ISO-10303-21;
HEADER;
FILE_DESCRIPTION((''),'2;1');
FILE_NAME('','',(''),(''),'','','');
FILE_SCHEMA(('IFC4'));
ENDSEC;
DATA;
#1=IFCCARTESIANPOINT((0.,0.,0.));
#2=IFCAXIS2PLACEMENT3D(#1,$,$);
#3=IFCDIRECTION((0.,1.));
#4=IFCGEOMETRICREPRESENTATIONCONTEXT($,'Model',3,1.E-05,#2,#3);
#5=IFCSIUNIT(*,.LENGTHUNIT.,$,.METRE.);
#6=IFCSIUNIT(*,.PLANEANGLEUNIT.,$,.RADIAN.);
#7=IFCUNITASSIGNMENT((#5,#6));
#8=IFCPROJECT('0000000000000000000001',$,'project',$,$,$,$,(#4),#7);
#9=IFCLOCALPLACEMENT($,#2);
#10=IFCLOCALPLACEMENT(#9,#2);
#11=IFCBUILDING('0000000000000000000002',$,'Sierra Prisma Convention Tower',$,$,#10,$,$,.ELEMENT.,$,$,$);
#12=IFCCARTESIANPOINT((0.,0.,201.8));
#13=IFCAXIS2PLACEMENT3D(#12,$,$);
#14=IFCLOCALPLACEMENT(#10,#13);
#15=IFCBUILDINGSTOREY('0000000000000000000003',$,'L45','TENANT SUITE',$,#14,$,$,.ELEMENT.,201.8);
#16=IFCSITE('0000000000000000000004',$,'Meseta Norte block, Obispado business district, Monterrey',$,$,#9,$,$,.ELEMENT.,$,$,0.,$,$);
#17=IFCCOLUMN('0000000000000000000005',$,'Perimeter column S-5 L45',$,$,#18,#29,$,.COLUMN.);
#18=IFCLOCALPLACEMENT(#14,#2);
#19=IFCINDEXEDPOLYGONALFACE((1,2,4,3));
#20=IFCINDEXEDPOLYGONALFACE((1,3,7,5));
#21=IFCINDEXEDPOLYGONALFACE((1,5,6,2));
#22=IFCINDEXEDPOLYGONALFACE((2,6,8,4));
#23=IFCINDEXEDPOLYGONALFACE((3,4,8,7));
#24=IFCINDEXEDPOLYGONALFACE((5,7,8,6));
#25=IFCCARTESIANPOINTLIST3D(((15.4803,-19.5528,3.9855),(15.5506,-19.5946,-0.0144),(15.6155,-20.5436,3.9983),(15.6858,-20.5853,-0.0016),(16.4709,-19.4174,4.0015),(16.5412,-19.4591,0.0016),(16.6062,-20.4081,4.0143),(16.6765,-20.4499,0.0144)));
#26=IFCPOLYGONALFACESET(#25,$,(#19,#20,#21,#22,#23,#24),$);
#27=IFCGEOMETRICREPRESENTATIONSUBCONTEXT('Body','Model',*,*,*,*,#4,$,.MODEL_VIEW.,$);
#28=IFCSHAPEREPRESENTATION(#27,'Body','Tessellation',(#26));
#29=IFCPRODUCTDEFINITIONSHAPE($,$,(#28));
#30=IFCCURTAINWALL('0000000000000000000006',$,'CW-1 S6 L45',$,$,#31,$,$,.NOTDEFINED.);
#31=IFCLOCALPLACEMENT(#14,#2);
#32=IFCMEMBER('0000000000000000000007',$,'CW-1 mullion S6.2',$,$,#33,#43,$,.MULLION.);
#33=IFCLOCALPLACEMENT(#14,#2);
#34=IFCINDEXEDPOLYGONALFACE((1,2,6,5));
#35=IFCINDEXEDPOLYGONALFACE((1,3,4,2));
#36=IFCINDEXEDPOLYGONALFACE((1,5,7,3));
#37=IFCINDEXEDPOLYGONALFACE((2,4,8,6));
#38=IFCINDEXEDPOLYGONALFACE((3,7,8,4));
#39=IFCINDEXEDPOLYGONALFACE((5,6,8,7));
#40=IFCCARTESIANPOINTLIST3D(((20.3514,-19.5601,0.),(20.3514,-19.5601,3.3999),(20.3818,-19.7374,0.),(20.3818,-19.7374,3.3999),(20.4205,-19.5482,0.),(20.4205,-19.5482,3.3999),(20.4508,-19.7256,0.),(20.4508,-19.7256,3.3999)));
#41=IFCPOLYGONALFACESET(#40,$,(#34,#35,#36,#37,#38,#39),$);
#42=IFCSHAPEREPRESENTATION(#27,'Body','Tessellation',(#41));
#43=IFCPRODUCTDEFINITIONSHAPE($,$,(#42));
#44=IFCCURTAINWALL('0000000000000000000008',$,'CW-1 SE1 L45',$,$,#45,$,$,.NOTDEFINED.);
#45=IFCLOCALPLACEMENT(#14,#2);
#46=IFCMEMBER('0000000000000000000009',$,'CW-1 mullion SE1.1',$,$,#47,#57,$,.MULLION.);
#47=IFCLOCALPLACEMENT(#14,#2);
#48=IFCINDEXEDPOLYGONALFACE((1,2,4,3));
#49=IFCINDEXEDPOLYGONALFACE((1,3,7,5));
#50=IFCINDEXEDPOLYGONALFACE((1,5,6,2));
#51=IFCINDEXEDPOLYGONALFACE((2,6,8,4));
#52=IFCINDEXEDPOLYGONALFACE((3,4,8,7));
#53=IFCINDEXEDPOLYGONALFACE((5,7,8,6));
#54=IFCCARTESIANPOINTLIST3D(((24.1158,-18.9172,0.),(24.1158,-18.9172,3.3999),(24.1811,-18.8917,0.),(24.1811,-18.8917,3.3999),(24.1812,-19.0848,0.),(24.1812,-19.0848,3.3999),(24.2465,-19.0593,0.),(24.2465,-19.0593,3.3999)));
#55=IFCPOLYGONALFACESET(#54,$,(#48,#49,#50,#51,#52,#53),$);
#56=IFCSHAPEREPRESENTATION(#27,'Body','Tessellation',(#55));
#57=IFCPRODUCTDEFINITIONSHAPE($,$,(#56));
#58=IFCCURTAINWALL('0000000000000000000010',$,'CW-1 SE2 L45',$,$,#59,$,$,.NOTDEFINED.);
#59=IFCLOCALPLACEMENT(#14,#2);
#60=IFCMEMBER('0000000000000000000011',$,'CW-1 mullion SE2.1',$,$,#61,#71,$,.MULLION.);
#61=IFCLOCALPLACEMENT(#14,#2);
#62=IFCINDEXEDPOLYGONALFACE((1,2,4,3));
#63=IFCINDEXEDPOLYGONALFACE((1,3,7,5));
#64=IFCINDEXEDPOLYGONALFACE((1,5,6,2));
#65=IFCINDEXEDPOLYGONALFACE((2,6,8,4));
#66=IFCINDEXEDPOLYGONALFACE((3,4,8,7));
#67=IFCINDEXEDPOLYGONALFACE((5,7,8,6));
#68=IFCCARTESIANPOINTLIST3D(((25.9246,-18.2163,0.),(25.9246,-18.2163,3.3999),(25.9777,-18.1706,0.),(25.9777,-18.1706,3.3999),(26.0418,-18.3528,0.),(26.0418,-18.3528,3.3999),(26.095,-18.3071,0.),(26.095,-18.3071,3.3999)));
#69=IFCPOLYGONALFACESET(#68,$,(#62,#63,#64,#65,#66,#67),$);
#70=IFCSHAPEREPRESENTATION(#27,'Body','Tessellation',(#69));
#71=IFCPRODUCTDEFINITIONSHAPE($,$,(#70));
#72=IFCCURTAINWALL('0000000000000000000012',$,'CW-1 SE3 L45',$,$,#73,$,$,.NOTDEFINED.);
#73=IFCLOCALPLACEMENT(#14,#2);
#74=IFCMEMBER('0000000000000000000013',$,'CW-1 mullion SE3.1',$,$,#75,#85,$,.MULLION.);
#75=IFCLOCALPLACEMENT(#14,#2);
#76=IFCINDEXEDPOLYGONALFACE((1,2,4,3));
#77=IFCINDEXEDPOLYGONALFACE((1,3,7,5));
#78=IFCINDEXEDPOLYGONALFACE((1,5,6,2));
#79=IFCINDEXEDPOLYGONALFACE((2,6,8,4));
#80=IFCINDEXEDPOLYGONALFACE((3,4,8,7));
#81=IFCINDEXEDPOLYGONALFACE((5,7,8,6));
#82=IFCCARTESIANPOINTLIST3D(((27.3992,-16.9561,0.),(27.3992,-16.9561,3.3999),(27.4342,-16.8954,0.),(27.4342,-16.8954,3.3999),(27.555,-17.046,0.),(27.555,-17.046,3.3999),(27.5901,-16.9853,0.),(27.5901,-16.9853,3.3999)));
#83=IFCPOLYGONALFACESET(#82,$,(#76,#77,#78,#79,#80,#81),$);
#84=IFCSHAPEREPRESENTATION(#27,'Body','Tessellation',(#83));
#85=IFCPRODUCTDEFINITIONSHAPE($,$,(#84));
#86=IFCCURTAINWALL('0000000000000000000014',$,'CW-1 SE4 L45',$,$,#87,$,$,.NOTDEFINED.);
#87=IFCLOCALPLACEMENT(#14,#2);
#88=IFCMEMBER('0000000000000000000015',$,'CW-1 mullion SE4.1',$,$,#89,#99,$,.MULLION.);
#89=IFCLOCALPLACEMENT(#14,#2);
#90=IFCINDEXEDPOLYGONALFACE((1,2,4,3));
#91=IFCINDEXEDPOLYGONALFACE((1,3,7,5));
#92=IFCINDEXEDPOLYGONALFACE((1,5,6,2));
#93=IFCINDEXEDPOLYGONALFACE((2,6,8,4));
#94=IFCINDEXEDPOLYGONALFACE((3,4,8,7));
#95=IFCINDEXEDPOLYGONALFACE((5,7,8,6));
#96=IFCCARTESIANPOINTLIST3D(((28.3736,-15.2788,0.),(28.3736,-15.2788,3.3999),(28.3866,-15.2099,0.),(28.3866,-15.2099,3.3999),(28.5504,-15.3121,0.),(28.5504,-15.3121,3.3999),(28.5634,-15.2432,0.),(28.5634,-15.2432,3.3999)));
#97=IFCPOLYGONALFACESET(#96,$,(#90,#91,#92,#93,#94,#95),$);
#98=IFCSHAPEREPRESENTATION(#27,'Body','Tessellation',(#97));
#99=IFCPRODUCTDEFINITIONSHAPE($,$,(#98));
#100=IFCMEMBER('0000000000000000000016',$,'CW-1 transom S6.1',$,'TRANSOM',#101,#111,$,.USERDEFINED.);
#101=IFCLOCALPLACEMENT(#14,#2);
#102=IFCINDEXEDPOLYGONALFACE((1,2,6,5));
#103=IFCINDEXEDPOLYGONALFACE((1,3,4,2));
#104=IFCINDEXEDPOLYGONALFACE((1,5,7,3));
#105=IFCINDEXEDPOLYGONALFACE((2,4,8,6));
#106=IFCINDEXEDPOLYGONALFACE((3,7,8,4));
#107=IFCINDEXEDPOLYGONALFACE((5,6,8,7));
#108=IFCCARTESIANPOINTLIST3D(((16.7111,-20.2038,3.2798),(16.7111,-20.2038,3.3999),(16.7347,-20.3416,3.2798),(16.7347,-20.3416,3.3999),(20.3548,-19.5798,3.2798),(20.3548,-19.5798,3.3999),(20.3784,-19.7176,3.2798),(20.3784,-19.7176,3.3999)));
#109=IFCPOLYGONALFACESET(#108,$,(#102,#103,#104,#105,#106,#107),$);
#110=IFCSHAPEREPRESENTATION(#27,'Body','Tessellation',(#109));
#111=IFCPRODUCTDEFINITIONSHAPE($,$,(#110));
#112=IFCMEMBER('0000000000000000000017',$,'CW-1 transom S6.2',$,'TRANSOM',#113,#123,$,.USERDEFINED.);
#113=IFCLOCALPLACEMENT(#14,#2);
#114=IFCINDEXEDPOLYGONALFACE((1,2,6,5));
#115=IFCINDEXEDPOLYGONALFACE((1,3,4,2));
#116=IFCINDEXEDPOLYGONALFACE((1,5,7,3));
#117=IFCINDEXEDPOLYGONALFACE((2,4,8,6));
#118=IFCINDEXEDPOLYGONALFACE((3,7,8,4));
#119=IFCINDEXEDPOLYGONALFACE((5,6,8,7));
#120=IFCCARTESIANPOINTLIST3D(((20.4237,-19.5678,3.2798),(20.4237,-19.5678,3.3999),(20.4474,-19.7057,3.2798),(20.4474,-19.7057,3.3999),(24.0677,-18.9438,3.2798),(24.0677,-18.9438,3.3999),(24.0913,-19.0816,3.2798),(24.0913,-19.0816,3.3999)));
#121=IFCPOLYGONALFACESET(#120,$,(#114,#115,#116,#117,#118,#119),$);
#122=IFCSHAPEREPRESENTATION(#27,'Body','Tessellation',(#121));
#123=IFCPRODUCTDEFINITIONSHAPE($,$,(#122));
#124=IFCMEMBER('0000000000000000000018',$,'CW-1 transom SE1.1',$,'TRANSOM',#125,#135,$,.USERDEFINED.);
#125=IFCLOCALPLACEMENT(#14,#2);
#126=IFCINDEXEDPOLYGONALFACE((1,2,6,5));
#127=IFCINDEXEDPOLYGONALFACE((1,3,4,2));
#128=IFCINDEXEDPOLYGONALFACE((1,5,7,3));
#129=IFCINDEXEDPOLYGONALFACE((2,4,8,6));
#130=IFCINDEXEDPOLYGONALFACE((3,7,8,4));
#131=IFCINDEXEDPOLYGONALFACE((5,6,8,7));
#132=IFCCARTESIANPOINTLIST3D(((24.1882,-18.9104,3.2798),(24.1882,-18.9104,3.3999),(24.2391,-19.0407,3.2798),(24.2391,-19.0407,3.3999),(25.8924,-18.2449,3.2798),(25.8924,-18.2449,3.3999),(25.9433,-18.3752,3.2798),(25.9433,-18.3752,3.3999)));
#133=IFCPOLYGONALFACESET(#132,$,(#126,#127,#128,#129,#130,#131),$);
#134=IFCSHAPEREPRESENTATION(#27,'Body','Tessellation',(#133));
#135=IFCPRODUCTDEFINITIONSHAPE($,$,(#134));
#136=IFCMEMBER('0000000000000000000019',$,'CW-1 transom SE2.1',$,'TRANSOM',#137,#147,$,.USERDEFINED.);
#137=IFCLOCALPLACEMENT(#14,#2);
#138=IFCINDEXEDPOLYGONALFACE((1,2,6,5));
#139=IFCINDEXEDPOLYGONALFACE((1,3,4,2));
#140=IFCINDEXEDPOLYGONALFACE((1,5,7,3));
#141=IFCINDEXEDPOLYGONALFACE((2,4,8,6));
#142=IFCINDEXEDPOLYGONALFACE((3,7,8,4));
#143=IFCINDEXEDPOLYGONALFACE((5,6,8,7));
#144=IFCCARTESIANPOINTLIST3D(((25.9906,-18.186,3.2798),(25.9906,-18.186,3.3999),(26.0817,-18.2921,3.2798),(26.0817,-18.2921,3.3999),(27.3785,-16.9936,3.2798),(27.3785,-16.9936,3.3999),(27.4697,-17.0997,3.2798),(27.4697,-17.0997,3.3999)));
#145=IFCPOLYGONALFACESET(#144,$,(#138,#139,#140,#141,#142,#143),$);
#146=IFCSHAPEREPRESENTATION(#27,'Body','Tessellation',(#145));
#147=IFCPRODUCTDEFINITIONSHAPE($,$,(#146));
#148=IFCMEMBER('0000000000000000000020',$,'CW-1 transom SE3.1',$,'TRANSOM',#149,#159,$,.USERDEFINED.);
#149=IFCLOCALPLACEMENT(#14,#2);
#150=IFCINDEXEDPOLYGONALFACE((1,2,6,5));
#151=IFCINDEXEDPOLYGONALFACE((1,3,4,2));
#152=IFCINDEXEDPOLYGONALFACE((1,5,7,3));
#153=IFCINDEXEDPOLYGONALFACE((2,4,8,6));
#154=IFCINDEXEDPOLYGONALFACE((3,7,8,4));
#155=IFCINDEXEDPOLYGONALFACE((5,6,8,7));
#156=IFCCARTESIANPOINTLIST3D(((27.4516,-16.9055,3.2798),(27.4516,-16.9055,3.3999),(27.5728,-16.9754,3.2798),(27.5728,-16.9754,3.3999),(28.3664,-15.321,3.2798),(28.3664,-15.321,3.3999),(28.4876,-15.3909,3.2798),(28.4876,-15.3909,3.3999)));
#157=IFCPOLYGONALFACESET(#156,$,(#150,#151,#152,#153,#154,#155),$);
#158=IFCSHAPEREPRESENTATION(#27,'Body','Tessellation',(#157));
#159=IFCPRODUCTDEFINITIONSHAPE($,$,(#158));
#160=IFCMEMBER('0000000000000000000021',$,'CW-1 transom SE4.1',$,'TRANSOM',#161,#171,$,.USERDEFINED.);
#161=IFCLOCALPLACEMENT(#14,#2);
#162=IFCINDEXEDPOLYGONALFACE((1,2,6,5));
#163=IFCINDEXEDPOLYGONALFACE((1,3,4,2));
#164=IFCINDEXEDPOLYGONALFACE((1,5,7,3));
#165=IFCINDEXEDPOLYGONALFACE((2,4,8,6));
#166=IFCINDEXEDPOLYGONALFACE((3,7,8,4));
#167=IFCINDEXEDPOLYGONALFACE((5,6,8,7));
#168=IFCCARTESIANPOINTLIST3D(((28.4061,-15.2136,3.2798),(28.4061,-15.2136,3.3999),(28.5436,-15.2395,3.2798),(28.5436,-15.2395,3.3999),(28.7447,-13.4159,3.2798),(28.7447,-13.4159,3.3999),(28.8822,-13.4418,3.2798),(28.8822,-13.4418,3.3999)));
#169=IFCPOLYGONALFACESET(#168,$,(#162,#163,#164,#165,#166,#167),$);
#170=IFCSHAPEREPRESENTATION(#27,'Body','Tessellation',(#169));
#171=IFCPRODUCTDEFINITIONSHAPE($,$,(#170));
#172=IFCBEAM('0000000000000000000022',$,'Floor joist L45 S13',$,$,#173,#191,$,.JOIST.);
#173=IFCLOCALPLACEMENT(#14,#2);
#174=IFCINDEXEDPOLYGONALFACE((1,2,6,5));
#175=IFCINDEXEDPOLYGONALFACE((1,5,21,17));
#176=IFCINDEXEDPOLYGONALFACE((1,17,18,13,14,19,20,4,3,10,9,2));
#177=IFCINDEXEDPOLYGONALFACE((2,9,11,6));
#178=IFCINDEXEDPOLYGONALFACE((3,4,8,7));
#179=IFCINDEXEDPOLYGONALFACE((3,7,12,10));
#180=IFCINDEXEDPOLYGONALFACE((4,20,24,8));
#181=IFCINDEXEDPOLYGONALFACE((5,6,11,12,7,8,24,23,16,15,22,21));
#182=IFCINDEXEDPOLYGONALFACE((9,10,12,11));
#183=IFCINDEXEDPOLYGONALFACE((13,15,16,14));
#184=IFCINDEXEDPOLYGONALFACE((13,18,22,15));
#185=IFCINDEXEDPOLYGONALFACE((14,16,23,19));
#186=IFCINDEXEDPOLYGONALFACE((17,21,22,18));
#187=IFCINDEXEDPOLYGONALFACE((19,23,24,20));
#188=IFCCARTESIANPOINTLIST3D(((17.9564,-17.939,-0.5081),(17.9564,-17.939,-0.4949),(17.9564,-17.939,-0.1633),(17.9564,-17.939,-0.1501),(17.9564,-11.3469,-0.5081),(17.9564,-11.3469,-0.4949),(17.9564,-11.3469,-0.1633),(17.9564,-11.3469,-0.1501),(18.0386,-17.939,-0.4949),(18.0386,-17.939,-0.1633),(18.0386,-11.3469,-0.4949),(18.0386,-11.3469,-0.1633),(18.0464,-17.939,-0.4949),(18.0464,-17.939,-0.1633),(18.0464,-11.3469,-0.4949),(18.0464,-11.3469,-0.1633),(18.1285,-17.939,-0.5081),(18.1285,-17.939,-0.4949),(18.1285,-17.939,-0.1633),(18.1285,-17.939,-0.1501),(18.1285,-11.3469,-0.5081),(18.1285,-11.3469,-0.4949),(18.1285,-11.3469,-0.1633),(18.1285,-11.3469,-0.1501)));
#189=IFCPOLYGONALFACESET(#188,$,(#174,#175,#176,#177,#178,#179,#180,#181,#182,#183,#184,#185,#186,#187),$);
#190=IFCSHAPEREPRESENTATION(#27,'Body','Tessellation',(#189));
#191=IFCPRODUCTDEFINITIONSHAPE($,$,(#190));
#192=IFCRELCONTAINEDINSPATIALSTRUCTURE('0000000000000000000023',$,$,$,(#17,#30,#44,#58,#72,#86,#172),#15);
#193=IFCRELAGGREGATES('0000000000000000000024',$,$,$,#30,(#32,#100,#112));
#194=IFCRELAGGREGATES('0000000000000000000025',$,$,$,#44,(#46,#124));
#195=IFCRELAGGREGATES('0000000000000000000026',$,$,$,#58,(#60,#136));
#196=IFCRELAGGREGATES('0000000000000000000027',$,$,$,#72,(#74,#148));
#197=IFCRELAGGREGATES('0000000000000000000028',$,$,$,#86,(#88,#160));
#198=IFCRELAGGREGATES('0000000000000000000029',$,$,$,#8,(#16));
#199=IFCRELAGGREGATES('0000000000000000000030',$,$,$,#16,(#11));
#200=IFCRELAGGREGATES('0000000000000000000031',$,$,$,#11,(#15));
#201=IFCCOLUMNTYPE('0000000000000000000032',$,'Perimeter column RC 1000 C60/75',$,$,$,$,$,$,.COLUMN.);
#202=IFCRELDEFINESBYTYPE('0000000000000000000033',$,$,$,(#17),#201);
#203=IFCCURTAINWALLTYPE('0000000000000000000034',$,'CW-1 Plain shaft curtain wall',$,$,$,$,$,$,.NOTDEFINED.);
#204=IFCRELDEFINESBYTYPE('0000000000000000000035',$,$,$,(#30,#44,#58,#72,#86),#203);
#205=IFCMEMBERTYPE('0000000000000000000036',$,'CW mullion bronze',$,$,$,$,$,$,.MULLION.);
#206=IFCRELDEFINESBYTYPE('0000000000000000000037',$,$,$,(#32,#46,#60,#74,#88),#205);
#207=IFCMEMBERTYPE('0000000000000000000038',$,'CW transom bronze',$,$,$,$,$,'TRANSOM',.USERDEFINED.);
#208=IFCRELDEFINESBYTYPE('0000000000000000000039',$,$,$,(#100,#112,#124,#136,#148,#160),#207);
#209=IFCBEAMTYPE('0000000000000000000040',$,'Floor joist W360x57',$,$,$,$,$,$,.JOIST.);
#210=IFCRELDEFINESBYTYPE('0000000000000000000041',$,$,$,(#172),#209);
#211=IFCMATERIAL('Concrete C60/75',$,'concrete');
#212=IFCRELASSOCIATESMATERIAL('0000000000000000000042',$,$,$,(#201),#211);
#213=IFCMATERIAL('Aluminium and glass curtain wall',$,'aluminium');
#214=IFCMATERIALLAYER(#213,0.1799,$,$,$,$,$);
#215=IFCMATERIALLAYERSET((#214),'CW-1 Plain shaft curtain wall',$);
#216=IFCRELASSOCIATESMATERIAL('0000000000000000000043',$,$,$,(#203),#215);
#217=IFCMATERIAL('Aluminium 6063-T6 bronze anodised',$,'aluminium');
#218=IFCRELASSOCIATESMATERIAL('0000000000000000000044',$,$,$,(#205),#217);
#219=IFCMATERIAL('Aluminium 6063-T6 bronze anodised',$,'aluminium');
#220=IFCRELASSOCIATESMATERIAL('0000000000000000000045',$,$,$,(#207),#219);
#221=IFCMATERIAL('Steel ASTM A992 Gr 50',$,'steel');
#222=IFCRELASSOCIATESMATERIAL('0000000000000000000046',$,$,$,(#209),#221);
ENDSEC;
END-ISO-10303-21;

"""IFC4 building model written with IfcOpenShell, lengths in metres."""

from ifc_helpers import new_model, si_unit, direction, frame, origin, origin_2d, place, context, subcontext, project, spatial, rectangle, i_section, extrude, material, layer, layer_set, material_profile, profile_set, type_object, element, aggregate, save


model = new_model("IFC4")

# Units and contexts
model_context = context("Model", 3, precision=1e-05, world=origin(), true_north=direction((0.0, 1.0)))
body_context = subcontext(model_context, "Body", "Model", "MODEL_VIEW")
ifc_project = project(units=[si_unit("LENGTHUNIT", "METRE"), si_unit("PLANEANGLEUNIT", "RADIAN")], contexts=[model_context])

# Site, building, storey
site_placement = place(None, origin())
site = spatial("IfcSite", under=ifc_project, at=site_placement, Name="Meseta Norte block, Obispado business district, Monterrey", CompositionType="ELEMENT", RefElevation=0.0)
building_placement = place(site_placement, origin())
building = spatial("IfcBuilding", under=site, at=building_placement, Name="Sierra Prisma Convention Tower", CompositionType="ELEMENT")
storey_placement = place(building_placement, frame((0.0, 0.0, 201.8)))
storey = spatial("IfcBuildingStorey", under=building, at=storey_placement, Name="L45", Description="TENANT SUITE", CompositionType="ELEMENT", Elevation=201.8)

# Column
ifc_material_1 = material(Name="Concrete C60/75", Category="concrete")
ifc_material_profile_1 = material_profile(ifc_material_1, rectangle(XDim=1.0, YDim=1.0, at=origin_2d()), Name="Perimeter column RC 1000 C60/75")
ifc_profile_set_1 = profile_set([ifc_material_profile_1], Name="Concrete C60/75")
column_type = type_object("IfcColumnType", Name="Perimeter column RC 1000 C60/75", PredefinedType="COLUMN", material=ifc_profile_set_1)
column_placement = place(storey_placement, frame((16.1135, -20.0222, 0.0), z_axis=(-0.017574, 0.010435, 0.999791), x_axis=(0.990654, 0.135456, 0.016)))
element("IfcColumn", 1, at=column_placement, inside=storey, type_object=column_type, Name="Perimeter column S-5 L45", PredefinedType="COLUMN", context=body_context, shape_type="SweptSolid", body=[
    extrude(rectangle(XDim=1.0, YDim=1.0, at=origin_2d()), origin(), (0.0, 0.0, 1.0), 4.0007),
])

# Curtain walls, members
ifc_material_2 = material(Name="Aluminium and glass curtain wall", Category="aluminium")
ifc_layer_1 = layer(ifc_material_2, 0.1799)
ifc_layer_set_1 = layer_set([ifc_layer_1], Name="CW-1 Plain shaft curtain wall")
curtain_wall_type = type_object("IfcCurtainWallType", Name="CW-1 Plain shaft curtain wall", PredefinedType="NOTDEFINED", material=ifc_layer_set_1)
curtain_wall_1_placement = place(storey_placement, origin())
curtain_wall_1 = element("IfcCurtainWall", 2, at=curtain_wall_1_placement, inside=storey, type_object=curtain_wall_type, Name="CW-1 S6 L45", PredefinedType="NOTDEFINED")
ifc_material_3 = material(Name="Aluminium 6063-T6 bronze anodised", Category="aluminium")
ifc_material_profile_2 = material_profile(ifc_material_3, rectangle(XDim=0.1799, YDim=0.0701, at=origin_2d()), Name="ALU MULLION 70x180")
ifc_profile_set_2 = profile_set([ifc_material_profile_2], Name="Aluminium 6063-T6 bronze anodised")
member_type_1 = type_object("IfcMemberType", Name="CW mullion bronze", PredefinedType="MULLION", material=ifc_profile_set_2)
member_1_placement = place(storey_placement, frame((20.4011, -19.6428, 0.0), z_axis=(0.0, 0.0, 1.0), x_axis=(-0.16881, 0.985649, 0.0)))
member_1 = element("IfcMember", 3, at=member_1_placement, type_object=member_type_1, Name="CW-1 mullion S6.2", PredefinedType="MULLION", context=body_context, shape_type="SweptSolid", body=[
    extrude(rectangle(XDim=0.1799, YDim=0.0701, at=origin_2d()), origin(), (0.0, 0.0, 1.0), 3.3999),
])
curtain_wall_2_placement = place(storey_placement, origin())
curtain_wall_2 = element("IfcCurtainWall", 4, at=curtain_wall_2_placement, inside=storey, type_object=curtain_wall_type, Name="CW-1 SE1 L45", PredefinedType="NOTDEFINED")
member_2_placement = place(storey_placement, frame((24.1812, -18.9883, 0.0), z_axis=(0.0, 0.0, 1.0), x_axis=(-0.363738, 0.931501, 0.0)))
member_2 = element("IfcMember", 5, at=member_2_placement, type_object=member_type_1, Name="CW-1 mullion SE1.1", PredefinedType="MULLION", context=body_context, shape_type="SweptSolid", body=[
    extrude(rectangle(XDim=0.1799, YDim=0.0701, at=origin_2d()), origin(), (0.0, 0.0, 1.0), 3.3999),
])
curtain_wall_3_placement = place(storey_placement, origin())
curtain_wall_3 = element("IfcCurtainWall", 6, at=curtain_wall_3_placement, inside=storey, type_object=curtain_wall_type, Name="CW-1 SE2 L45", PredefinedType="NOTDEFINED")
member_3_placement = place(storey_placement, frame((26.0098, -18.2617, 0.0), z_axis=(0.0, 0.0, 1.0), x_axis=(-0.651635, 0.758533, 0.0)))
member_3 = element("IfcMember", 7, at=member_3_placement, type_object=member_type_1, Name="CW-1 mullion SE2.1", PredefinedType="MULLION", context=body_context, shape_type="SweptSolid", body=[
    extrude(rectangle(XDim=0.1799, YDim=0.0701, at=origin_2d()), origin(), (0.0, 0.0, 1.0), 3.3999),
])
curtain_wall_4_placement = place(storey_placement, origin())
curtain_wall_4 = element("IfcCurtainWall", 8, at=curtain_wall_4_placement, inside=storey, type_object=curtain_wall_type, Name="CW-1 SE3 L45", PredefinedType="NOTDEFINED")
member_4_placement = place(storey_placement, frame((27.4946, -16.9707, 0.0), z_axis=(0.0, 0.0, 1.0), x_axis=(-0.866025, 0.5, 0.0)))
member_4 = element("IfcMember", 9, at=member_4_placement, type_object=member_type_1, Name="CW-1 mullion SE3.1", PredefinedType="MULLION", context=body_context, shape_type="SweptSolid", body=[
    extrude(rectangle(XDim=0.1799, YDim=0.0701, at=origin_2d()), origin(), (0.0, 0.0, 1.0), 3.3999),
])
curtain_wall_5_placement = place(storey_placement, origin())
curtain_wall_5 = element("IfcCurtainWall", 10, at=curtain_wall_5_placement, inside=storey, type_object=curtain_wall_type, Name="CW-1 SE4 L45", PredefinedType="NOTDEFINED")
member_5_placement = place(storey_placement, frame((28.4685, -15.261, 0.0), z_axis=(0.0, 0.0, 1.0), x_axis=(-0.982726, 0.185066, 0.0)))
member_5 = element("IfcMember", 11, at=member_5_placement, type_object=member_type_1, Name="CW-1 mullion SE4.1", PredefinedType="MULLION", context=body_context, shape_type="SweptSolid", body=[
    extrude(rectangle(XDim=0.1799, YDim=0.0701, at=origin_2d()), origin(), (0.0, 0.0, 1.0), 3.3999),
])

# Members
ifc_material_4 = material(Name="Aluminium 6063-T6 bronze anodised", Category="aluminium")
ifc_material_profile_3 = material_profile(ifc_material_4, rectangle(XDim=0.1399, YDim=0.1201, at=origin_2d()), Name="ALU TRANSOM 120x140")
ifc_profile_set_3 = profile_set([ifc_material_profile_3], Name="Aluminium 6063-T6 bronze anodised")
member_type_2 = type_object("IfcMemberType", Name="CW transom bronze", ElementType="TRANSOM", PredefinedType="USERDEFINED", material=ifc_profile_set_3)
member_6_placement = place(storey_placement, frame((16.7229, -20.2727, 3.3398), z_axis=(0.985651, 0.168799, 0.0), x_axis=(-0.168799, 0.985651, 0.0)))
member_6 = element("IfcMember", 12, at=member_6_placement, type_object=member_type_2, Name="CW-1 transom S6.1", ObjectType="TRANSOM", PredefinedType="USERDEFINED", context=body_context, shape_type="SweptSolid", body=[
    extrude(rectangle(XDim=0.1399, YDim=0.1201, at=origin_2d()), origin(), (0.0, 0.0, 1.0), 3.6968),
])
member_7_placement = place(storey_placement, frame((20.4355, -19.6367, 3.3398), z_axis=(0.985652, 0.168788, 0.0), x_axis=(-0.168788, 0.985652, 0.0)))
member_7 = element("IfcMember", 13, at=member_7_placement, type_object=member_type_2, Name="CW-1 transom S6.2", ObjectType="TRANSOM", PredefinedType="USERDEFINED", context=body_context, shape_type="SweptSolid", body=[
    extrude(rectangle(XDim=0.1399, YDim=0.1201, at=origin_2d()), origin(), (0.0, 0.0, 1.0), 3.697),
])
member_8_placement = place(storey_placement, frame((24.2136, -18.9756, 3.3398), z_axis=(0.9315, 0.36374, 0.0), x_axis=(-0.36374, 0.9315, 0.0)))
member_8 = element("IfcMember", 14, at=member_8_placement, type_object=member_type_2, Name="CW-1 transom SE1.1", ObjectType="TRANSOM", PredefinedType="USERDEFINED", context=body_context, shape_type="SweptSolid", body=[
    extrude(rectangle(XDim=0.1399, YDim=0.1201, at=origin_2d()), origin(), (0.0, 0.0, 1.0), 1.8296),
])
member_9_placement = place(storey_placement, frame((26.0361, -18.239, 3.3398), z_axis=(0.758521, 0.651648, 0.0), x_axis=(-0.651648, 0.758521, 0.0)))
member_9 = element("IfcMember", 15, at=member_9_placement, type_object=member_type_2, Name="CW-1 transom SE2.1", ObjectType="TRANSOM", PredefinedType="USERDEFINED", context=body_context, shape_type="SweptSolid", body=[
    extrude(rectangle(XDim=0.1399, YDim=0.1201, at=origin_2d()), origin(), (0.0, 0.0, 1.0), 1.8298),
])
member_10_placement = place(storey_placement, frame((27.5122, -16.9404, 3.3398), z_axis=(0.5, 0.866026, 0.0), x_axis=(-0.866026, 0.5, 0.0)))
member_10 = element("IfcMember", 16, at=member_10_placement, type_object=member_type_2, Name="CW-1 transom SE3.1", ObjectType="TRANSOM", PredefinedType="USERDEFINED", context=body_context, shape_type="SweptSolid", body=[
    extrude(rectangle(XDim=0.1399, YDim=0.1201, at=origin_2d()), origin(), (0.0, 0.0, 1.0), 1.8296),
])
member_11_placement = place(storey_placement, frame((28.4749, -15.2266, 3.3398), z_axis=(0.185094, 0.982721, 0.0), x_axis=(-0.982721, 0.185094, 0.0)))
member_11 = element("IfcMember", 17, at=member_11_placement, type_object=member_type_2, Name="CW-1 transom SE4.1", ObjectType="TRANSOM", PredefinedType="USERDEFINED", context=body_context, shape_type="SweptSolid", body=[
    extrude(rectangle(XDim=0.1399, YDim=0.1201, at=origin_2d()), origin(), (0.0, 0.0, 1.0), 1.8293),
])

# Beam
ifc_material_5 = material(Name="Steel ASTM A992 Gr 50", Category="steel")
ifc_material_profile_4 = material_profile(ifc_material_5, i_section(OverallWidth=0.1721, OverallDepth=0.3579, WebThickness=0.0078, FlangeThickness=0.0132, at=origin_2d()), Name="W360x57")
ifc_profile_set_4 = profile_set([ifc_material_profile_4], Name="Steel ASTM A992 Gr 50")
beam_type_1 = type_object("IfcBeamType", Name="Floor joist W360x57", PredefinedType="JOIST", material=ifc_profile_set_4)
beam_1_placement = place(storey_placement, frame((18.0425, -17.939, -0.3291), z_axis=(0.0, 1.0, 0.0), x_axis=(-1.0, 0.0, 0.0)))
element("IfcBeam", 18, at=beam_1_placement, inside=storey, type_object=beam_type_1, Name="Floor joist L45 S13", PredefinedType="JOIST", context=body_context, shape_type="SweptSolid", body=[
    extrude(i_section(OverallWidth=0.1721, OverallDepth=0.3579, WebThickness=0.0078, FlangeThickness=0.0132, at=origin_2d()), origin(), (0.0, 0.0, 1.0), 6.592),
])

aggregate(curtain_wall_1, [member_1, member_6, member_7])
aggregate(curtain_wall_2, [member_2, member_8])
aggregate(curtain_wall_3, [member_3, member_9])
aggregate(curtain_wall_4, [member_4, member_10])
aggregate(curtain_wall_5, [member_5, member_11])

save(model, "model.ifc")
